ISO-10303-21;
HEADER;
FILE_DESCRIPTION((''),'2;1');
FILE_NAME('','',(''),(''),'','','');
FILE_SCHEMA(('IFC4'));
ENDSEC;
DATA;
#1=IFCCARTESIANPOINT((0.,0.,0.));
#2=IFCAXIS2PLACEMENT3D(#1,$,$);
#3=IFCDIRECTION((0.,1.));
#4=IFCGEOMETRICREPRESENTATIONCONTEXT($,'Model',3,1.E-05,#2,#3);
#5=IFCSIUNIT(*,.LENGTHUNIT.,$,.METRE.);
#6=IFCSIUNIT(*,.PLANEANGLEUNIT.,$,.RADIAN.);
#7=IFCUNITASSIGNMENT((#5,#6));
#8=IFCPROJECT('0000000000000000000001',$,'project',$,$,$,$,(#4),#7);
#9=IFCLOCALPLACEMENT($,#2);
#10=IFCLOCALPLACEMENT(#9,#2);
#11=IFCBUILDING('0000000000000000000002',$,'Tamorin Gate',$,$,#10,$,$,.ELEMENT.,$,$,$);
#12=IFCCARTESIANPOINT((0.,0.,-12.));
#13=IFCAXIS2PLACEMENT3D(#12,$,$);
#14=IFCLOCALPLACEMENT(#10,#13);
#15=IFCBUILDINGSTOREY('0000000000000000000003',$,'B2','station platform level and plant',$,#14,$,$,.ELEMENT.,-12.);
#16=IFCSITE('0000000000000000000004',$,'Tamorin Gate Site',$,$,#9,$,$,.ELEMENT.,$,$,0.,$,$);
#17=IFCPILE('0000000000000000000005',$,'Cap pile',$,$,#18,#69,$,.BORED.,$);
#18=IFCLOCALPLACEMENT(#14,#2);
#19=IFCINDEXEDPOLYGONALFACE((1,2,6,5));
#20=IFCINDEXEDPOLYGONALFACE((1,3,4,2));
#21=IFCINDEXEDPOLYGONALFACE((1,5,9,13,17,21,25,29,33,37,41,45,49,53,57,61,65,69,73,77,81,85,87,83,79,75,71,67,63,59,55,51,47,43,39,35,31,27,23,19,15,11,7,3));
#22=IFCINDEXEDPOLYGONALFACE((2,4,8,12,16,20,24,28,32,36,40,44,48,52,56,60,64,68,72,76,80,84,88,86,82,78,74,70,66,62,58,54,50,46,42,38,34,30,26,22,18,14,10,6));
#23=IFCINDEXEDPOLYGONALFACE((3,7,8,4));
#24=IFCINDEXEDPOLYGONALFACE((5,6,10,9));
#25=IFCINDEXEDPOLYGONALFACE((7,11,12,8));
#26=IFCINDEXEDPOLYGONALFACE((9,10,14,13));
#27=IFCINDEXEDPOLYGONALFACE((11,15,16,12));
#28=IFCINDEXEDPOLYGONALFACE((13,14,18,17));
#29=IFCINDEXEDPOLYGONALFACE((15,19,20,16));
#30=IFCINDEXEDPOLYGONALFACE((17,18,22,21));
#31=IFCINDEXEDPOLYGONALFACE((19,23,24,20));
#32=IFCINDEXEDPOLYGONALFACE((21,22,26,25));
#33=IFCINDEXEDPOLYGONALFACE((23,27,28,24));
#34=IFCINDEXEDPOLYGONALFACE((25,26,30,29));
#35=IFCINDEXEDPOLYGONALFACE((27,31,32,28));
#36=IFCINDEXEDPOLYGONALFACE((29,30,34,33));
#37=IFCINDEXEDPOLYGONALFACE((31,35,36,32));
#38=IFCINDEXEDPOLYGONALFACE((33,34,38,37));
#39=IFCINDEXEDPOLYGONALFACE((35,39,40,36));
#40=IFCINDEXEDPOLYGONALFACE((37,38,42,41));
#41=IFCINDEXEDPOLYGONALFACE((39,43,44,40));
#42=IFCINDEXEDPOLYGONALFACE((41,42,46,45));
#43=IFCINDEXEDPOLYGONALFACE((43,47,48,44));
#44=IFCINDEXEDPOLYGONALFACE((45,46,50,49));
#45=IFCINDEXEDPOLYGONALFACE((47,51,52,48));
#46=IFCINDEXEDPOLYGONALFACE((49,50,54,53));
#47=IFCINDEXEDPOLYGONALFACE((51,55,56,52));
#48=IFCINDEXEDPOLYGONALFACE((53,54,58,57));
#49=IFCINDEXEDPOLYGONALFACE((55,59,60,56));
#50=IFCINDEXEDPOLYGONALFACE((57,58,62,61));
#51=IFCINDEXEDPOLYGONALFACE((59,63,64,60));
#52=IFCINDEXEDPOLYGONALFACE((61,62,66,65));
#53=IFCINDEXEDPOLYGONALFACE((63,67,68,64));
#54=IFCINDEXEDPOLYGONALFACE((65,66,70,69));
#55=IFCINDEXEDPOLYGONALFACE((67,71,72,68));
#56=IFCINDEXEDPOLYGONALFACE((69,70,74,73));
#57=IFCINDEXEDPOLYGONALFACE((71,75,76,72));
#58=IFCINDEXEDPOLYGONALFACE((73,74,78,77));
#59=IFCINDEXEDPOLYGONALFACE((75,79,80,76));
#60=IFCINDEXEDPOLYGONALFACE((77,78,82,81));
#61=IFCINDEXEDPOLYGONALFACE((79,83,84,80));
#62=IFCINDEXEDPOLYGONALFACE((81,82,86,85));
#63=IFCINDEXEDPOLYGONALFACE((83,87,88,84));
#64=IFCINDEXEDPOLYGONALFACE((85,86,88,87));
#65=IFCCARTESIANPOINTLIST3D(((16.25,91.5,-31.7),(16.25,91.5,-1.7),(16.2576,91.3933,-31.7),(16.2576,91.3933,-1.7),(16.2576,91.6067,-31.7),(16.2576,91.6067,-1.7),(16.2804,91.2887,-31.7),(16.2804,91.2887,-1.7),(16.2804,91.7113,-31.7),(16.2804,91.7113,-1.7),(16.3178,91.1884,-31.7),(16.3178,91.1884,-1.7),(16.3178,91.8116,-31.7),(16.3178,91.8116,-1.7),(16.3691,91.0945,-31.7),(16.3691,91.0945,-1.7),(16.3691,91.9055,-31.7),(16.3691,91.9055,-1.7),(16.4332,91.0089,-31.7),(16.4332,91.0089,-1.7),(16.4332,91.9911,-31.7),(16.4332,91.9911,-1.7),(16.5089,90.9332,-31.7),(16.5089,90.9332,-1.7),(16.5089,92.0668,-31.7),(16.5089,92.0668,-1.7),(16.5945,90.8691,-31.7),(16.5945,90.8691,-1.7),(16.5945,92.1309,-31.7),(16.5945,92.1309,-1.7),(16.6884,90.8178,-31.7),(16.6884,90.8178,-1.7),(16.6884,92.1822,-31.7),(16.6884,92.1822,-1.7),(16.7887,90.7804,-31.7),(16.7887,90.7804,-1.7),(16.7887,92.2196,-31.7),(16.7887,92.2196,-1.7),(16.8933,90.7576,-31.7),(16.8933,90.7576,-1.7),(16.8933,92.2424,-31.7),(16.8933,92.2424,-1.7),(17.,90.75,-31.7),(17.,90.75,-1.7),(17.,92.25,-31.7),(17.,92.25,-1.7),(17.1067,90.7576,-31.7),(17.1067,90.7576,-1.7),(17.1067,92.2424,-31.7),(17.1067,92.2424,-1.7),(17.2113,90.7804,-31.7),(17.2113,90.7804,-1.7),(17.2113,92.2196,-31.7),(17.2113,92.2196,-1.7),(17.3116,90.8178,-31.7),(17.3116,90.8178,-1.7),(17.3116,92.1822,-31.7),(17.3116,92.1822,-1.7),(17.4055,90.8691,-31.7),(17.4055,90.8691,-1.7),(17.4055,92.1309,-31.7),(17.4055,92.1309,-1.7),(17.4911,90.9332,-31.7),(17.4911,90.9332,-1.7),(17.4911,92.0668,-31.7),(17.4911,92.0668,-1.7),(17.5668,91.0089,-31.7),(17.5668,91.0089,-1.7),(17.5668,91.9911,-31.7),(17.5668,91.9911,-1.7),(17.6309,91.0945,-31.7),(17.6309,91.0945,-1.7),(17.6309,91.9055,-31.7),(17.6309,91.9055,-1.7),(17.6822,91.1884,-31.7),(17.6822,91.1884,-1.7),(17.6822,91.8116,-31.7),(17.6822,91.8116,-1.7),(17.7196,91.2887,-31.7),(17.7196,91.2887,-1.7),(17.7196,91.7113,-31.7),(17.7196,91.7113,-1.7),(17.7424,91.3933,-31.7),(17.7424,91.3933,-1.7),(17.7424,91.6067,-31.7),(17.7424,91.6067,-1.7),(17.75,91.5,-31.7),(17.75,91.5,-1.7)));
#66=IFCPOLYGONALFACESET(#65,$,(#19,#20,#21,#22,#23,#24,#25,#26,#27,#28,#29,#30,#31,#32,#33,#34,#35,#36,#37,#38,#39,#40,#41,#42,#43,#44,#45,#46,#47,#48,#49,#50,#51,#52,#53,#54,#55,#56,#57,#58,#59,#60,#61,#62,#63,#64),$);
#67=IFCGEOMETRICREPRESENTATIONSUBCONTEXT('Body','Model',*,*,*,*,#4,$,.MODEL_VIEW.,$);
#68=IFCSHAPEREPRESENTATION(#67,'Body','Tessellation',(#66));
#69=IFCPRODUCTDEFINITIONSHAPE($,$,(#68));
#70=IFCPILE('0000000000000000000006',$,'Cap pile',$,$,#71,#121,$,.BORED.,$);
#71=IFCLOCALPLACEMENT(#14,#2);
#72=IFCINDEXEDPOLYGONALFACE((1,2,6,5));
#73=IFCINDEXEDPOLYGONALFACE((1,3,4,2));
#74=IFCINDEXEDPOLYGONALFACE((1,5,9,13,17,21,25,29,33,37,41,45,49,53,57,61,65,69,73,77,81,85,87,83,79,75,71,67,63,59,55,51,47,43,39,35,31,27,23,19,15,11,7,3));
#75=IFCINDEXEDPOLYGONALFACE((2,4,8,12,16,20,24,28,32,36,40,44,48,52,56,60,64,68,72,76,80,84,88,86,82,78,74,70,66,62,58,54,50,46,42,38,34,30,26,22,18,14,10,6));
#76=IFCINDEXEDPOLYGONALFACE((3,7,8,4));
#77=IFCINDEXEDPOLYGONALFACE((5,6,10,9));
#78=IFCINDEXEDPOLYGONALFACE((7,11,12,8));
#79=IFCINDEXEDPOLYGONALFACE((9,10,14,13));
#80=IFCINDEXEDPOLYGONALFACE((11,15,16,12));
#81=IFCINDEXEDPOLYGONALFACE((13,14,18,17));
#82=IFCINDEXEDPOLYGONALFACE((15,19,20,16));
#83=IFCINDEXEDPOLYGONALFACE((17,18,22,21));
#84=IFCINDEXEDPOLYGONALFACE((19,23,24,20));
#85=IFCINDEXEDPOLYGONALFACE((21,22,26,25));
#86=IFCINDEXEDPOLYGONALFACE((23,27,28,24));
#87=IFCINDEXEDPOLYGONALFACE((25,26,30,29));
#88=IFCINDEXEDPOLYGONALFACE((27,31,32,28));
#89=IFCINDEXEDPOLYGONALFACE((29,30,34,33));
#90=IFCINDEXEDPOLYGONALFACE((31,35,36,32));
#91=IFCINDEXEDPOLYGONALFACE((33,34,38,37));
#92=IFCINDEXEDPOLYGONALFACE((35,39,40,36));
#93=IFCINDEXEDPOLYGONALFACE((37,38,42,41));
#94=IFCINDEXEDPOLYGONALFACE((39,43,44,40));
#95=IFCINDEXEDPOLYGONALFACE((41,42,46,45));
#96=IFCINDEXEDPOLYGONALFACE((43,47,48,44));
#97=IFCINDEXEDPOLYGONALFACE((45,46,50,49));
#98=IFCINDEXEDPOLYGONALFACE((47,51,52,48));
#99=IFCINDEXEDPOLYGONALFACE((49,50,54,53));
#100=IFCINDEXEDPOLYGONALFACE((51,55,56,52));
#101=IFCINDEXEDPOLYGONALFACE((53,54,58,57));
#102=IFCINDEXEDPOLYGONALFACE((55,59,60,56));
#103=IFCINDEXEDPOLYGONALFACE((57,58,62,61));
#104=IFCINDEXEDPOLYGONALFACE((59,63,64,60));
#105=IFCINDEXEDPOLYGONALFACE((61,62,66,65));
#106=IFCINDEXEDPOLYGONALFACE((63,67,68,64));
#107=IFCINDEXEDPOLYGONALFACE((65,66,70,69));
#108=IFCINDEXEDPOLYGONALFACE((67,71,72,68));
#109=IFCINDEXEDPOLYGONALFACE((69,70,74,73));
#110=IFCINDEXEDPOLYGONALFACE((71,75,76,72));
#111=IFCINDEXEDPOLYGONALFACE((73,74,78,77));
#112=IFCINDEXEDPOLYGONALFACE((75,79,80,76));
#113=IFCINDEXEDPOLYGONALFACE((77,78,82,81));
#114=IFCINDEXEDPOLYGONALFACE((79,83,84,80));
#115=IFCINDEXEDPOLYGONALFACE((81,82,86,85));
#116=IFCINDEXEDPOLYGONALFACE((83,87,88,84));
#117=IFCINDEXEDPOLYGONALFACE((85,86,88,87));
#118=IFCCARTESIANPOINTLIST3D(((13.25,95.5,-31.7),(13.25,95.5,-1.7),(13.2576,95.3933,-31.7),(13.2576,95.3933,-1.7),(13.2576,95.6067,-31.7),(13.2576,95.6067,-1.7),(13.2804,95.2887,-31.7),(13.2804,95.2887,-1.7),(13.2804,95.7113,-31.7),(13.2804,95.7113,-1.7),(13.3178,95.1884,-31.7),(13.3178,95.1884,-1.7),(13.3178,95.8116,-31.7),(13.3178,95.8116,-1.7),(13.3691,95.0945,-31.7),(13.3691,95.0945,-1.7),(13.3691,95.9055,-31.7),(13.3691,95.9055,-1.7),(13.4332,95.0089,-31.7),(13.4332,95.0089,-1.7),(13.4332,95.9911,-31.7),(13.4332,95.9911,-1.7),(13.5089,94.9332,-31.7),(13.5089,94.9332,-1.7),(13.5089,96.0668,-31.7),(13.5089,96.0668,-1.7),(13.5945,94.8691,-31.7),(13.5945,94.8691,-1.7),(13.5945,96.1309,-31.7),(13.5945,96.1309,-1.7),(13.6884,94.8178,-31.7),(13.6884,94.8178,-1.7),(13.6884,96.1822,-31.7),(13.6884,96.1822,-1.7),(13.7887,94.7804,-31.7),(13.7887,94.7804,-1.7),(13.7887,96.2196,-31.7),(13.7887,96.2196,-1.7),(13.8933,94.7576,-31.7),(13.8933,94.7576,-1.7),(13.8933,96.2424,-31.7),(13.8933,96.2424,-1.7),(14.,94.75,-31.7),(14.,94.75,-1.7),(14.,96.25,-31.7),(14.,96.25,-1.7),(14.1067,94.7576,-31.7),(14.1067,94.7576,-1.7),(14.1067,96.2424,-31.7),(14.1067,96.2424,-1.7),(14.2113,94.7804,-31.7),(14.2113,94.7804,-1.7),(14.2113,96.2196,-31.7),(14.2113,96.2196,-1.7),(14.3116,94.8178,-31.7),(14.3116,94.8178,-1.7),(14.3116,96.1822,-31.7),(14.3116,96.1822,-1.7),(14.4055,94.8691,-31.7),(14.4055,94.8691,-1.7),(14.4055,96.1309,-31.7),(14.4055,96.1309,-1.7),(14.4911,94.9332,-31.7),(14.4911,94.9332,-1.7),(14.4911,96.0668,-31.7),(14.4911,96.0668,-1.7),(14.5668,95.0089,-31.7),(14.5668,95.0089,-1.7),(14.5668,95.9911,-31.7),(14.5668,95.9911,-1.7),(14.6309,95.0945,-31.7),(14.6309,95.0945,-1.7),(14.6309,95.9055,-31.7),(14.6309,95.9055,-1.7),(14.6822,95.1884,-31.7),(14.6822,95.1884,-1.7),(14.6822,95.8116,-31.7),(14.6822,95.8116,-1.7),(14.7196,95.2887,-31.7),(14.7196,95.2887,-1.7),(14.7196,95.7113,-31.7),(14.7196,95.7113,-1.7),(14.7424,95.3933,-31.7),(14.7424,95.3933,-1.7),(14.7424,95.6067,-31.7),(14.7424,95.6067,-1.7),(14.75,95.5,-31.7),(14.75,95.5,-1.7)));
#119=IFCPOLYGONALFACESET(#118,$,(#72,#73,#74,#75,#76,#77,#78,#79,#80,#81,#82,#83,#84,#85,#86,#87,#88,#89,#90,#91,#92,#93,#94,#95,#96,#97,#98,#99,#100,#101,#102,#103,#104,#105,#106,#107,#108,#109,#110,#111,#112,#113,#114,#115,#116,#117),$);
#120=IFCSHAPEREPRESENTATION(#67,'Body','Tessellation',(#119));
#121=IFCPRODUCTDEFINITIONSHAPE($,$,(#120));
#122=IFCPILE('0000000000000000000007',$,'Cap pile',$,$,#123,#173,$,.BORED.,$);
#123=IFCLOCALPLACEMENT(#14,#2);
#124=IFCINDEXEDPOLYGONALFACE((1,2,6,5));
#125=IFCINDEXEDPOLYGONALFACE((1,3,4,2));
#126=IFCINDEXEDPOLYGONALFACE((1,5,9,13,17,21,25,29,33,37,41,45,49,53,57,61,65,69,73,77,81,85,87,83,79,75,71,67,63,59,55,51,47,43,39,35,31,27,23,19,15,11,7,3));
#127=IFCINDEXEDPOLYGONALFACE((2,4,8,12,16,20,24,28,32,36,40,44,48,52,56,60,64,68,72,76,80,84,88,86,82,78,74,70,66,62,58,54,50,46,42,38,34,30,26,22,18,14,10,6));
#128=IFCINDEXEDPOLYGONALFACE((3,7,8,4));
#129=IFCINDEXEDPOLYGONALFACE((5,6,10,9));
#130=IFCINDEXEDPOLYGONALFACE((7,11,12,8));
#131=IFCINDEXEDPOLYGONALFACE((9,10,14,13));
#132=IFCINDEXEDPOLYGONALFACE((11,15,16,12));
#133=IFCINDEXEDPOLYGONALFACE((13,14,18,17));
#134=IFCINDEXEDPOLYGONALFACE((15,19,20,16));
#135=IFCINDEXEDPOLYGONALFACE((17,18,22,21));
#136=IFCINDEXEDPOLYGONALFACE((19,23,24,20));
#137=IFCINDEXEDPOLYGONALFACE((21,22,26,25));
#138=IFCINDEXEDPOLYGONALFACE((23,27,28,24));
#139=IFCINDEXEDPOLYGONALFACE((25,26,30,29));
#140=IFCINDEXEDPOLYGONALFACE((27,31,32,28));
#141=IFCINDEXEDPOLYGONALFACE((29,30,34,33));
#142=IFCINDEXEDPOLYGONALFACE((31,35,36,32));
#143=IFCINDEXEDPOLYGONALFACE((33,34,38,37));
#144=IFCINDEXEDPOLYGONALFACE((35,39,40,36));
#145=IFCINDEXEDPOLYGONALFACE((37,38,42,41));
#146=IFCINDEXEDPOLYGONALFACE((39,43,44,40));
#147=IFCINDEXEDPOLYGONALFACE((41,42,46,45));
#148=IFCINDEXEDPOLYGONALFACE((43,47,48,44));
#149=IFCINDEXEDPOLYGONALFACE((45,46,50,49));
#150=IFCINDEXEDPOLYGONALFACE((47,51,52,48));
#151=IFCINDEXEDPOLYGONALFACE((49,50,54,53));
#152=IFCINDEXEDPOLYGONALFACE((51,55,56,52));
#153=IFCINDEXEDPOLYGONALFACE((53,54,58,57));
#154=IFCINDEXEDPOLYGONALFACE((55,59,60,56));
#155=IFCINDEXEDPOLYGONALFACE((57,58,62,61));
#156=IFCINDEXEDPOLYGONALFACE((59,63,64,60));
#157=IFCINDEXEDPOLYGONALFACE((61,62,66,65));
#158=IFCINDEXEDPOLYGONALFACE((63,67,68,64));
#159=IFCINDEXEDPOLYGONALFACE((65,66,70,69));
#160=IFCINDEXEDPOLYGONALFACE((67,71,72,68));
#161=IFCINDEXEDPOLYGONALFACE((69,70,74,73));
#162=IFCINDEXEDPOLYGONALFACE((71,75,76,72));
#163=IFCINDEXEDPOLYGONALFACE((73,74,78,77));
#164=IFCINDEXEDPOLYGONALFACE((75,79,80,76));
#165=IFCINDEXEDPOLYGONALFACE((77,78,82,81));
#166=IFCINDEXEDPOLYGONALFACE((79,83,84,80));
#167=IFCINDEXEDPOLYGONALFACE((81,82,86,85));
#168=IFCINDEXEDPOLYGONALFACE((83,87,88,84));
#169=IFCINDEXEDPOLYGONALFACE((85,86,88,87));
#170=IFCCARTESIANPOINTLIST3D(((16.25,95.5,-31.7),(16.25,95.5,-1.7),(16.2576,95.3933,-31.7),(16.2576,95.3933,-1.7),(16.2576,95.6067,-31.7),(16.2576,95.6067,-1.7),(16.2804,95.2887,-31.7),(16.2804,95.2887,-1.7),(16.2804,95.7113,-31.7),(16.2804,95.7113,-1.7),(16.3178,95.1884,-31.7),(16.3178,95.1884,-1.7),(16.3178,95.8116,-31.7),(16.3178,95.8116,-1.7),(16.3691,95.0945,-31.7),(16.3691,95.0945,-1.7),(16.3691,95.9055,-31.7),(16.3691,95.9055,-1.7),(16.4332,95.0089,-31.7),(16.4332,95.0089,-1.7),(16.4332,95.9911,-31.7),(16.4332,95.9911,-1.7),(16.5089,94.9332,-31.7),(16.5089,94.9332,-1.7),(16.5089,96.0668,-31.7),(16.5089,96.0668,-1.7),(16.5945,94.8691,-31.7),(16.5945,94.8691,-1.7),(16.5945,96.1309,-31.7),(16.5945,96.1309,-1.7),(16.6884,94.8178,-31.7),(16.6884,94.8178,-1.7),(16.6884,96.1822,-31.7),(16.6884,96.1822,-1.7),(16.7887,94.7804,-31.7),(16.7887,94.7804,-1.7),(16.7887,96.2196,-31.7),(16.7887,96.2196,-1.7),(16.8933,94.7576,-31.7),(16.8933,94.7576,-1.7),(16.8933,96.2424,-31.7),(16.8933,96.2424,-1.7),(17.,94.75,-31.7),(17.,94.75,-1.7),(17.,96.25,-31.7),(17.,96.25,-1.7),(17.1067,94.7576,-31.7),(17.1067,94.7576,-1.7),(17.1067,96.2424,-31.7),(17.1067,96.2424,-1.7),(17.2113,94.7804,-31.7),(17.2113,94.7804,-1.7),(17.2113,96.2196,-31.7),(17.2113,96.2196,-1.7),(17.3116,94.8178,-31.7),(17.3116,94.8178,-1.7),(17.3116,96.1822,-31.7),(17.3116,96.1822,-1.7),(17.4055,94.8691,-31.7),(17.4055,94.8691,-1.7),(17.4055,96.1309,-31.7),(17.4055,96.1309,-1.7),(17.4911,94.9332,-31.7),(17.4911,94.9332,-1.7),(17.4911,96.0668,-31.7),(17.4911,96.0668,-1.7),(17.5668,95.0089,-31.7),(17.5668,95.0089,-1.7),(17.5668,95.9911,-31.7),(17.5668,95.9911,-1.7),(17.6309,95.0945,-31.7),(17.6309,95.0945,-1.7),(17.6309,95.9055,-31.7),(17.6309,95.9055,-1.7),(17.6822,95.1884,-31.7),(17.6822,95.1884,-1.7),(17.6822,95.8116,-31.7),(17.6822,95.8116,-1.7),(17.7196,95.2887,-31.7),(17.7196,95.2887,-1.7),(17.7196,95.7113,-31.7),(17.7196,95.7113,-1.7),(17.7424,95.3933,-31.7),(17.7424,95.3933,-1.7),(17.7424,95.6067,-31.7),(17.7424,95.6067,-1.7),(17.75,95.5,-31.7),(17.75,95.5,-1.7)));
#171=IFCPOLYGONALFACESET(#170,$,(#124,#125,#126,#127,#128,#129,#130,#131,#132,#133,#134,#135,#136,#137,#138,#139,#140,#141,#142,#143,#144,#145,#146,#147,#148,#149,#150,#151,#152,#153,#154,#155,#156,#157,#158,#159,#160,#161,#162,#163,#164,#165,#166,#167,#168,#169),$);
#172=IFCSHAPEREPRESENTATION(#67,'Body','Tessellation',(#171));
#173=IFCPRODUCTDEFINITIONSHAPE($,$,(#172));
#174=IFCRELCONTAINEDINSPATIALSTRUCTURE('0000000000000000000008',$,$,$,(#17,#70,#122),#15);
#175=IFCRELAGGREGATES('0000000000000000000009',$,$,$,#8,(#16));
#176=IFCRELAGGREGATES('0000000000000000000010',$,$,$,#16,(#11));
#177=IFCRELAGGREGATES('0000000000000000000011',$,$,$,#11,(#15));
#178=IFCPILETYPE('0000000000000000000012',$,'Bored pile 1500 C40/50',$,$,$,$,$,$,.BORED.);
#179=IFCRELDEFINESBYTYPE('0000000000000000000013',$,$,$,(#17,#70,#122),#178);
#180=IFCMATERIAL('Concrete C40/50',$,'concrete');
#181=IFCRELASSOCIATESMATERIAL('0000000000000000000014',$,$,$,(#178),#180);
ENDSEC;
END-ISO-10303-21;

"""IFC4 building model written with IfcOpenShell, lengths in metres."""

from ifc_helpers import new_model, si_unit, direction, frame, origin, origin_2d, place, context, subcontext, project, spatial, circle, extrude, material, material_profile, profile_set, type_object, element, save


model = new_model("IFC4")

# Units and contexts
model_context = context("Model", 3, precision=1e-05, world=origin(), true_north=direction((0.0, 1.0)))
body_context = subcontext(model_context, "Body", "Model", "MODEL_VIEW")
ifc_project = project(units=[si_unit("LENGTHUNIT", "METRE"), si_unit("PLANEANGLEUNIT", "RADIAN")], contexts=[model_context])

# Site, building, storey
site_placement = place(None, origin())
site = spatial("IfcSite", under=ifc_project, at=site_placement, Name="Tamorin Gate Site", CompositionType="ELEMENT", RefElevation=0.0)
building_placement = place(site_placement, origin())
building = spatial("IfcBuilding", under=site, at=building_placement, Name="Tamorin Gate", CompositionType="ELEMENT")
storey_placement = place(building_placement, frame((0.0, 0.0, -12.0)))
storey = spatial("IfcBuildingStorey", under=building, at=storey_placement, Name="B2", Description="station platform level and plant", CompositionType="ELEMENT", Elevation=-12.0)

# Piles
ifc_material_1 = material(Name="Concrete C40/50", Category="concrete")
ifc_material_profile_1 = material_profile(ifc_material_1, circle(Radius=0.75, at=origin_2d()))
ifc_profile_set_1 = profile_set([ifc_material_profile_1], Name="Concrete C40/50")
pile_type = type_object("IfcPileType", Name="Bored pile 1500 C40/50", PredefinedType="BORED", material=ifc_profile_set_1)
for number, where, z_axis, x_axis, name in (
    (1, (17.0, 91.5, -1.7), (0.0, 0.0, -1.0), (1.0, 0.0, 0.0), "Cap pile"),
    (2, (14.0, 95.5, -1.7), (0.0, 0.0, -1.0), (1.0, 0.0, 0.0), "Cap pile"),
    (3, (17.0, 95.5, -1.7), (0.0, 0.0, -1.0), (1.0, 0.0, 0.0), "Cap pile"),
):
    element("IfcPile", number, at=place(storey_placement, frame(where, z_axis=z_axis, x_axis=x_axis)), inside=storey, type_object=pile_type, Name=name, PredefinedType="BORED", context=body_context, shape_type="SweptSolid", body=[
        extrude(circle(Radius=0.75, at=origin_2d()), origin(), (0.0, 0.0, 1.0), 30.0),
    ])

save(model, "model.ifc")
